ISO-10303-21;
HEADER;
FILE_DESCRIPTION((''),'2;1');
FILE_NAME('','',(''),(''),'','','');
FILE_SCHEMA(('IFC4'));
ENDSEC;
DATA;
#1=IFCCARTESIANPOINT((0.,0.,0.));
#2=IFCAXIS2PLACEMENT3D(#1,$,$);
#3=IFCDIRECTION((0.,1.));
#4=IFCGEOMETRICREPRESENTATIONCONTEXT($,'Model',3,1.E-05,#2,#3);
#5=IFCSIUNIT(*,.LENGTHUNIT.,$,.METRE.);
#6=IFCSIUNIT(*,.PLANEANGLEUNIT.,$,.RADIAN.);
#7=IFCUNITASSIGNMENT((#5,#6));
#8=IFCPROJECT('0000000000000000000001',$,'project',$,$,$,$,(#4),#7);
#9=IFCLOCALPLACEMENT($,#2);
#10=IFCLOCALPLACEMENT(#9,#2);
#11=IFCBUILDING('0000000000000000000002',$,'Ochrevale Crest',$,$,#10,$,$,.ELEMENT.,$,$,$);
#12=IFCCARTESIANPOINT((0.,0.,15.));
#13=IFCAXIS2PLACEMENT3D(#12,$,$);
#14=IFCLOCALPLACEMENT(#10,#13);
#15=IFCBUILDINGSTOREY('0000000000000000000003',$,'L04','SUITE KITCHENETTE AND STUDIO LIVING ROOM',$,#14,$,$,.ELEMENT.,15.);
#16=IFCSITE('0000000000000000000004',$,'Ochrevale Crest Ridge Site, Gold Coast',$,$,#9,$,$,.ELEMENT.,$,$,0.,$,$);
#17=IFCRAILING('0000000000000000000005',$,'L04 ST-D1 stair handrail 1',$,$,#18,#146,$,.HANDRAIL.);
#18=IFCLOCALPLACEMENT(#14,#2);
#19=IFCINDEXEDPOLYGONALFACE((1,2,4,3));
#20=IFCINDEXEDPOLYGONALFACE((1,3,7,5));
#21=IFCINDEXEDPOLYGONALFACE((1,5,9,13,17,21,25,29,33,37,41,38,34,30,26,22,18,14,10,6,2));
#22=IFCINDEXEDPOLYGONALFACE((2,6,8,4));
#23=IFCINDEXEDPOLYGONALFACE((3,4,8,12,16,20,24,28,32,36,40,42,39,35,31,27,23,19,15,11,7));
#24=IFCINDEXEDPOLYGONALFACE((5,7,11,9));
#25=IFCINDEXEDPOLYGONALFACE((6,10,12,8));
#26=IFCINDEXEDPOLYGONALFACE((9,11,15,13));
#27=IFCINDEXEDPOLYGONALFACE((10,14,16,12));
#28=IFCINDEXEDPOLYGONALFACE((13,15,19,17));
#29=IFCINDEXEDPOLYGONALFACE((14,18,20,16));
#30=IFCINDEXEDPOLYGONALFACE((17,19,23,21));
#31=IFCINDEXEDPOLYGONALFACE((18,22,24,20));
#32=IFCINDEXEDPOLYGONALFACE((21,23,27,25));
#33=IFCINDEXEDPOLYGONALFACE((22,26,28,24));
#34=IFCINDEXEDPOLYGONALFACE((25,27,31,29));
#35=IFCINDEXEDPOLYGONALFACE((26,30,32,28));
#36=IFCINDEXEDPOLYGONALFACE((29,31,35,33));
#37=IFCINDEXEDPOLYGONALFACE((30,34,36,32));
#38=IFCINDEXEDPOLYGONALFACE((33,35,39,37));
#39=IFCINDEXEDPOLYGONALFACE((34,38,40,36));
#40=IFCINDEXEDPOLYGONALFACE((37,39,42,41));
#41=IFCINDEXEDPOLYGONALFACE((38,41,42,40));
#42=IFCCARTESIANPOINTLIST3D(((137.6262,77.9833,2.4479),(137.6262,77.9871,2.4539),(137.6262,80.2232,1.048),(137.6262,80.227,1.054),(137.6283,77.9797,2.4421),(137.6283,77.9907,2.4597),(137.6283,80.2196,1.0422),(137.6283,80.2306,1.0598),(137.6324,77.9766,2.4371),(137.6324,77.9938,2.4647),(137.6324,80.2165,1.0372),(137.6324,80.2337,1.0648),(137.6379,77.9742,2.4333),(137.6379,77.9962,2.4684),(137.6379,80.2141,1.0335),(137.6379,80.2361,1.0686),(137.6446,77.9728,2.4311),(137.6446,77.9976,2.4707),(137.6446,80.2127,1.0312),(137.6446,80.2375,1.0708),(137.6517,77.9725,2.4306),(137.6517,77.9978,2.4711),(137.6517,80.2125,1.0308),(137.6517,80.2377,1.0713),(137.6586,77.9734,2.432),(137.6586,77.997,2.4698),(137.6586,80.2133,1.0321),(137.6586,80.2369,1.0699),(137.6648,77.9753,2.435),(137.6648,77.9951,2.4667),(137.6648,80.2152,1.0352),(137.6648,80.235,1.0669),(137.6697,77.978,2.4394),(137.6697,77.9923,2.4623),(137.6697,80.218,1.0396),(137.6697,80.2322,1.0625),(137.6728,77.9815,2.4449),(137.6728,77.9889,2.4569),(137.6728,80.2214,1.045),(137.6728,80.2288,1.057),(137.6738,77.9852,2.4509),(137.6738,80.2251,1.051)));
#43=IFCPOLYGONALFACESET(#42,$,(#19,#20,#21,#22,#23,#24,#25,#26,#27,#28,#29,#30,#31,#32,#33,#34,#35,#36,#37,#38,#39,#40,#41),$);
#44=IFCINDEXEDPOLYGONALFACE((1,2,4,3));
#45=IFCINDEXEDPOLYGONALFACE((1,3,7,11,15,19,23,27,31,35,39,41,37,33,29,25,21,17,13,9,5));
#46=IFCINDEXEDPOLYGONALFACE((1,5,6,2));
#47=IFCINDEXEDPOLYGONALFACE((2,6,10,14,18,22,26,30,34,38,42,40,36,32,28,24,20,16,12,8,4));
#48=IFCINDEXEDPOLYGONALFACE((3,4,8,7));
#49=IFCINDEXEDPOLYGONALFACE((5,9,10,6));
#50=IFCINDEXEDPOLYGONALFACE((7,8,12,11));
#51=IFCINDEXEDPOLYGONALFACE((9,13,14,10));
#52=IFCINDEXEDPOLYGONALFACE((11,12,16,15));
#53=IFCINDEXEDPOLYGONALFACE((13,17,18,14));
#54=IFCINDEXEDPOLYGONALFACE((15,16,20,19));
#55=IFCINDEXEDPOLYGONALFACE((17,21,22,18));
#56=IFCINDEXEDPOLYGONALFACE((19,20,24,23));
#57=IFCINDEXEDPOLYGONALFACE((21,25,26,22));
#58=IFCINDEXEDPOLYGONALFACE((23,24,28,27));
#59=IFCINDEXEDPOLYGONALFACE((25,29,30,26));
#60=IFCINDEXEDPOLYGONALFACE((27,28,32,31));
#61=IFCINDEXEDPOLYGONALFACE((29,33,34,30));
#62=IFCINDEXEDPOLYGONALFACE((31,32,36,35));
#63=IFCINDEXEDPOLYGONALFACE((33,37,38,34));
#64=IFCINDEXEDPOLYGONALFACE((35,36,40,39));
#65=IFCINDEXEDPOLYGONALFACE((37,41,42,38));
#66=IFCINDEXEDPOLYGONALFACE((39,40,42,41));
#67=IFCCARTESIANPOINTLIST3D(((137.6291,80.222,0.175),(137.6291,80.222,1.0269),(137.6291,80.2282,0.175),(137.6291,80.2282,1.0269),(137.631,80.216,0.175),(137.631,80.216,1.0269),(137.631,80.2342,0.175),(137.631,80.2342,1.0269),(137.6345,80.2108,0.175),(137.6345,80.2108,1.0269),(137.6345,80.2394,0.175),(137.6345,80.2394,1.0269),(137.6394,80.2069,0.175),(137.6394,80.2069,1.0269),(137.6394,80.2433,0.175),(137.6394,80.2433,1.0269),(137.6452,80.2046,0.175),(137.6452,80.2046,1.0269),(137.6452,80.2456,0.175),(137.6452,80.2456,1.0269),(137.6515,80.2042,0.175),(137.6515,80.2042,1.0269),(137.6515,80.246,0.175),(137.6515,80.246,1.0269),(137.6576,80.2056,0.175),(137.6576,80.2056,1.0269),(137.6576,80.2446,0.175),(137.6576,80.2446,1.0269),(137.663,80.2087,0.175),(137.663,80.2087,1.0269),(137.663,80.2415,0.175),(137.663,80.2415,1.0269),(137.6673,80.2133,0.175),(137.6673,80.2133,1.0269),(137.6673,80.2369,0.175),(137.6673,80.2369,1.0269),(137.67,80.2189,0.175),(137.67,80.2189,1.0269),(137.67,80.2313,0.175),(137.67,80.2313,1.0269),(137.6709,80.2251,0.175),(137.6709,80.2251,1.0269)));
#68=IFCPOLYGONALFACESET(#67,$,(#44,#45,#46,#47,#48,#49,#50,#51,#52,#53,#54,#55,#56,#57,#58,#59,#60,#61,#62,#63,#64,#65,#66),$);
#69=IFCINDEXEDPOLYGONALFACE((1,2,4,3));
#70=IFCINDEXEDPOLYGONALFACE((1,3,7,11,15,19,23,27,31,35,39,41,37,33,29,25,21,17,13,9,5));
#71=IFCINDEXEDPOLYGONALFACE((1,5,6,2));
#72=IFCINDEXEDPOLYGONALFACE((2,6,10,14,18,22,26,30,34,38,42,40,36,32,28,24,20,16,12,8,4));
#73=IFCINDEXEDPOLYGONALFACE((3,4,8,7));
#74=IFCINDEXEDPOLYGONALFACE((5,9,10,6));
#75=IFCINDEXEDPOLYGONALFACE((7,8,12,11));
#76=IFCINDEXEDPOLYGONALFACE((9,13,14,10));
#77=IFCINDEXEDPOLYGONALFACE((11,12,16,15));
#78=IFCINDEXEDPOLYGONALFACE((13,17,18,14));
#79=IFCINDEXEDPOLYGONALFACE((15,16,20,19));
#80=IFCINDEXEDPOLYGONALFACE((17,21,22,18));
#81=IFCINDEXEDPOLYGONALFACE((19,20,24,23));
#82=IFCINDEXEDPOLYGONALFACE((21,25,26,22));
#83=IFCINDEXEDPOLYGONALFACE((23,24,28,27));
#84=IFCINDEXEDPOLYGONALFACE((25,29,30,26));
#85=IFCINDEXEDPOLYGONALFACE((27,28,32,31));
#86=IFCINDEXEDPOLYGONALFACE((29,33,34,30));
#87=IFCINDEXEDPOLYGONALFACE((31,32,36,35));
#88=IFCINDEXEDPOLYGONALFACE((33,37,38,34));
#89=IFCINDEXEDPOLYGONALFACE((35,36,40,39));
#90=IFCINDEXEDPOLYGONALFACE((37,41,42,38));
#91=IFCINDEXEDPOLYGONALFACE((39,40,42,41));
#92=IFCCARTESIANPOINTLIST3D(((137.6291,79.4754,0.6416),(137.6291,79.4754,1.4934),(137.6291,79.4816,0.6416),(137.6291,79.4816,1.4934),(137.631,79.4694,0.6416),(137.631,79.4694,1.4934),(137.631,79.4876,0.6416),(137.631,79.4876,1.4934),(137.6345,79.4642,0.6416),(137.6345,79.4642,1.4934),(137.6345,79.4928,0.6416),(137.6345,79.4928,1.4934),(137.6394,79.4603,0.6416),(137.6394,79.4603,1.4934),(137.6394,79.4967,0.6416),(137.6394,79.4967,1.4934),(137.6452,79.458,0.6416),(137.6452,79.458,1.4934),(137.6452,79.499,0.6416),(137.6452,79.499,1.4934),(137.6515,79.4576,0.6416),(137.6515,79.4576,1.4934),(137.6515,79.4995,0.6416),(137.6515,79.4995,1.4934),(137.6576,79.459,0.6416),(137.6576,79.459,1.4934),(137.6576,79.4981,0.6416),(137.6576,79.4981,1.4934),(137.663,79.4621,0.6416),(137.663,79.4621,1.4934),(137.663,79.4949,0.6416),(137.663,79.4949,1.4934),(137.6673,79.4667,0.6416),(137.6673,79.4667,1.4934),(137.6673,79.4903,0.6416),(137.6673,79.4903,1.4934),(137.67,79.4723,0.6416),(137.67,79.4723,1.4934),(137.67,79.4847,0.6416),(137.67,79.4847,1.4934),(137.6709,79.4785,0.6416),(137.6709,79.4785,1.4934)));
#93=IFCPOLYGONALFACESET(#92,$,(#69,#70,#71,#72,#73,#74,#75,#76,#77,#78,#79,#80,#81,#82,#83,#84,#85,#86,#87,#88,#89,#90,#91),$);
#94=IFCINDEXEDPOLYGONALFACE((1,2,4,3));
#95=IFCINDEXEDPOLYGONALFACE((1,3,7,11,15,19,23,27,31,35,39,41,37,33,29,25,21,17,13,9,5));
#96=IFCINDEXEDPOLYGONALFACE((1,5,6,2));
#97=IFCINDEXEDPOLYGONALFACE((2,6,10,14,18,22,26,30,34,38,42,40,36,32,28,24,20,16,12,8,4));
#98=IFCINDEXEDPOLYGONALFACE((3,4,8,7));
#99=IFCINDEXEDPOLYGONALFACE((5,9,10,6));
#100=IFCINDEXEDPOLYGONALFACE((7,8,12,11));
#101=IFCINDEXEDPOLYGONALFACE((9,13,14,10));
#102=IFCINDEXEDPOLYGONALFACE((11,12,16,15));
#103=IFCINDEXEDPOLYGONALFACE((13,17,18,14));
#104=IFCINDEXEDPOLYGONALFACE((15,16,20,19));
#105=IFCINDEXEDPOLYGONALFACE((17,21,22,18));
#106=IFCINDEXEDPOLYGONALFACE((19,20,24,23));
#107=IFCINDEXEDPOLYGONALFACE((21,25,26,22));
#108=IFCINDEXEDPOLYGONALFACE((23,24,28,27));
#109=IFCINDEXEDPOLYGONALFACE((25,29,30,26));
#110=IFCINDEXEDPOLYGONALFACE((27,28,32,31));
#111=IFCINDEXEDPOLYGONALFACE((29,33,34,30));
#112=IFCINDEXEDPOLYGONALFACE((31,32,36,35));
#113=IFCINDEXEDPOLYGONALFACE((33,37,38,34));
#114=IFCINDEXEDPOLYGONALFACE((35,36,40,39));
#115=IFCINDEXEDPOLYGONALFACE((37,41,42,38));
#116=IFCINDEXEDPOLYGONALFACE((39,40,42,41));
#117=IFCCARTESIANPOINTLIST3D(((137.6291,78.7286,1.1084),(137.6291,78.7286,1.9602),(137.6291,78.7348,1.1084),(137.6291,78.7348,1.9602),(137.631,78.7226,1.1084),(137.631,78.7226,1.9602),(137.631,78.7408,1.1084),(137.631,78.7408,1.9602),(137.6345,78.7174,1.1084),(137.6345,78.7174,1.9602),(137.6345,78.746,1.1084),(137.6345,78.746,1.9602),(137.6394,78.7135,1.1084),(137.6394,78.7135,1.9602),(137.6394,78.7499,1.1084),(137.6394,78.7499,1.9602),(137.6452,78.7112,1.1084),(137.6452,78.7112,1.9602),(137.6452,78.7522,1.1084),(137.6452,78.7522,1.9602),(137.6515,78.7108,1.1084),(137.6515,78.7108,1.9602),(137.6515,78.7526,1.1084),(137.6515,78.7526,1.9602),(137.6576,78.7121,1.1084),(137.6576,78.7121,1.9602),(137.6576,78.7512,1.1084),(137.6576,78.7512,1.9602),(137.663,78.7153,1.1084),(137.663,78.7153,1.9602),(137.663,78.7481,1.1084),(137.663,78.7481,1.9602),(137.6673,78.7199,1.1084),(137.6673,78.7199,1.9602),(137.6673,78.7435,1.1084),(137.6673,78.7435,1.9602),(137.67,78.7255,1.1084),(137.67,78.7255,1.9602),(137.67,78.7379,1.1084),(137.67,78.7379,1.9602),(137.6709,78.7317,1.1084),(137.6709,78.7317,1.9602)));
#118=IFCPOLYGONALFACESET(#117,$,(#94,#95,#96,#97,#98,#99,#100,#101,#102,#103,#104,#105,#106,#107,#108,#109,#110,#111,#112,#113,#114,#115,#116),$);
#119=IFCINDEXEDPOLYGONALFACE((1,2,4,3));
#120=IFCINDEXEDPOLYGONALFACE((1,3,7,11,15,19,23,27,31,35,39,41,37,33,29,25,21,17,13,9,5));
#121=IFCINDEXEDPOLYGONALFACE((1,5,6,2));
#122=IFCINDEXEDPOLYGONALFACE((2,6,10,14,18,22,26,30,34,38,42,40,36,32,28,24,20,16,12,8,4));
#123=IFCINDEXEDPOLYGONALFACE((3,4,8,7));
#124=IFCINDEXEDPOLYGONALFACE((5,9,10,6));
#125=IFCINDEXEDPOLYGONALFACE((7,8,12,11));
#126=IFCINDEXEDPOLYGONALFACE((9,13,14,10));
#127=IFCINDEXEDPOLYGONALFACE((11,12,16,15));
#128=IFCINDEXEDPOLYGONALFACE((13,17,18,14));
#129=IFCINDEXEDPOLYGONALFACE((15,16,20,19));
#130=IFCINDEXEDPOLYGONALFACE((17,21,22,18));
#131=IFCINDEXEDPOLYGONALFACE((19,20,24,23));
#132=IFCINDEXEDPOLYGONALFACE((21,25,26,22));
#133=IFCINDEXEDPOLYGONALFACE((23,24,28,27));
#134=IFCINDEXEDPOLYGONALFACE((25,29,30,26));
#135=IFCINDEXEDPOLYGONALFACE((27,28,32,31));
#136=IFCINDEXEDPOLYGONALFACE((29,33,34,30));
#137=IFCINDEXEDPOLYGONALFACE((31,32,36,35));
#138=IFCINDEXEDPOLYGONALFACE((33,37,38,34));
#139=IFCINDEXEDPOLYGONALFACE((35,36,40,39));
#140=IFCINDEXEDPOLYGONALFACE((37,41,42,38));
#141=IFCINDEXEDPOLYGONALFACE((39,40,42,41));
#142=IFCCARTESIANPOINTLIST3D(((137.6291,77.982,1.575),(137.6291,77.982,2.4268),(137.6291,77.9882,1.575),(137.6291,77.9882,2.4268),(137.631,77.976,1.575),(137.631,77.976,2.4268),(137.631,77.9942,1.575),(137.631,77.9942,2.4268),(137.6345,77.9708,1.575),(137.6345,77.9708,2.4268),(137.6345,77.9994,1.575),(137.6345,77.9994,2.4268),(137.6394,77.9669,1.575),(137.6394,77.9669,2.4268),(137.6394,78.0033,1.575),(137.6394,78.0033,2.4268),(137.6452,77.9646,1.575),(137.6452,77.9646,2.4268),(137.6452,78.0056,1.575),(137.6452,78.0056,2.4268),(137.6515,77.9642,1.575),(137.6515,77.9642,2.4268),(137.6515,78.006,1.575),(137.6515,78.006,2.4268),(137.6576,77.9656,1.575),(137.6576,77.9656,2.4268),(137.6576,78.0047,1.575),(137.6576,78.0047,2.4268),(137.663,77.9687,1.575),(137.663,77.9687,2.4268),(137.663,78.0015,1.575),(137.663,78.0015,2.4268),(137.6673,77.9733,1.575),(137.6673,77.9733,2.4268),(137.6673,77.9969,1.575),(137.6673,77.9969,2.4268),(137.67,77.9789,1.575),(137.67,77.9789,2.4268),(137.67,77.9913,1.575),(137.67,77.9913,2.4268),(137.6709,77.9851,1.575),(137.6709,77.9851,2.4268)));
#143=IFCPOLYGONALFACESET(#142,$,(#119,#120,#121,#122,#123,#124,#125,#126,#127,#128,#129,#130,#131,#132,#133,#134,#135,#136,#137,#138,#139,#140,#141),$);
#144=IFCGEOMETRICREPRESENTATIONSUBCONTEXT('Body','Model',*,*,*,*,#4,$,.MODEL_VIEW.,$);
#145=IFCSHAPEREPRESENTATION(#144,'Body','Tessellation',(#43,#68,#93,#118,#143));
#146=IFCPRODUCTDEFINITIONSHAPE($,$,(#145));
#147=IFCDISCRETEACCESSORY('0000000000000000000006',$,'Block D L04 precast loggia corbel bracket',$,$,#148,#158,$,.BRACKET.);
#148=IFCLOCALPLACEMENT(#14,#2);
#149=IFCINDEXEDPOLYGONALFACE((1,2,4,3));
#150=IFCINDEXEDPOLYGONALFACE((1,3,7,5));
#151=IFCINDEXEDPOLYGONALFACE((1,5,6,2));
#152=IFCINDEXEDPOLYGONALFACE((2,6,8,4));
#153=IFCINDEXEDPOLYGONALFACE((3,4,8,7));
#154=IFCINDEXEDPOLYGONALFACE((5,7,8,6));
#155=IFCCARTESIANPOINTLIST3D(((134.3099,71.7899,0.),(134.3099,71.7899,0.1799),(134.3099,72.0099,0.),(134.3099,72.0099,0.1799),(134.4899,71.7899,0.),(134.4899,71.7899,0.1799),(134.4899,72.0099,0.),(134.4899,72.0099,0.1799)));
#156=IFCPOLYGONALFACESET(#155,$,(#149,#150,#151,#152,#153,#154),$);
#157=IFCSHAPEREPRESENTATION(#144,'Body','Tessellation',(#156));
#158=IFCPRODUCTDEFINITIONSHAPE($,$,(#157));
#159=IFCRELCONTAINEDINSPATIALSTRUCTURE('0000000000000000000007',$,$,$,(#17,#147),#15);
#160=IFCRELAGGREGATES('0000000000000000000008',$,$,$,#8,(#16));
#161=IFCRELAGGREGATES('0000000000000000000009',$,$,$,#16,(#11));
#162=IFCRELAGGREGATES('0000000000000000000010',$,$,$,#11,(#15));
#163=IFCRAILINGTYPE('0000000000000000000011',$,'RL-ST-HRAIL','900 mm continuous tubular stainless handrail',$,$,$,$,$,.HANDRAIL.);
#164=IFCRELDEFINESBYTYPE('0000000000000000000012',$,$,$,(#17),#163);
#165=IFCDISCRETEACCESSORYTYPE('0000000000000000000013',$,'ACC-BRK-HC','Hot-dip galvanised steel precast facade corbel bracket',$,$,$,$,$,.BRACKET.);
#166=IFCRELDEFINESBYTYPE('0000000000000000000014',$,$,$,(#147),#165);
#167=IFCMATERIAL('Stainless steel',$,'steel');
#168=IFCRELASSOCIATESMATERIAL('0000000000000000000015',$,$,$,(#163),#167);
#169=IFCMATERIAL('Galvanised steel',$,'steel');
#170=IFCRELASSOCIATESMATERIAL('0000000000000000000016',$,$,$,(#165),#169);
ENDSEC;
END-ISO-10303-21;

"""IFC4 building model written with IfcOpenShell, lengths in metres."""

from ifc_helpers import new_model, si_unit, direction, frame, origin, origin_2d, place, context, subcontext, project, spatial, rectangle, circle, extrude, material, type_object, element, save


model = new_model("IFC4")

# Units and contexts
model_context = context("Model", 3, precision=1e-05, world=origin(), true_north=direction((0.0, 1.0)))
body_context = subcontext(model_context, "Body", "Model", "MODEL_VIEW")
ifc_project = project(units=[si_unit("LENGTHUNIT", "METRE"), si_unit("PLANEANGLEUNIT", "RADIAN")], contexts=[model_context])

# Site, building, storey
site_placement = place(None, origin())
site = spatial("IfcSite", under=ifc_project, at=site_placement, Name="Ochrevale Crest Ridge Site, Gold Coast", CompositionType="ELEMENT", RefElevation=0.0)
building_placement = place(site_placement, origin())
building = spatial("IfcBuilding", under=site, at=building_placement, Name="Ochrevale Crest", CompositionType="ELEMENT")
storey_placement = place(building_placement, frame((0.0, 0.0, 15.0)))
storey = spatial("IfcBuildingStorey", under=building, at=storey_placement, Name="L04", Description="SUITE KITCHENETTE AND STUDIO LIVING ROOM", CompositionType="ELEMENT", Elevation=15.0)

# Railing
ifc_material_1 = material(Name="Galvanised steel", Category="steel")
ifc_material_2 = material(Name="Stainless steel", Category="steel")
railing_type_1 = type_object("IfcRailingType", Name="RL-ST-HRAIL", Description="900 mm continuous tubular stainless handrail", PredefinedType="HANDRAIL", material=ifc_material_2)
railing_1_placement = place(storey_placement, frame((137.6499, 80.2251, 0.175)))
element("IfcRailing", 1, at=railing_1_placement, inside=storey, type_object=railing_type_1, Name="L04 ST-D1 stair handrail 1", PredefinedType="HANDRAIL", context=body_context, shape_type="SweptSolid", body=[
    extrude(circle(Radius=0.0239, at=origin_2d()), frame((0.0, 0.0, 0.876), z_axis=(0.0, -0.848014, 0.529974), x_axis=(1.0, 0.0, 0.0)), (0.0, 0.0, 1.0), 2.6414),
    extrude(circle(Radius=0.021, at=origin_2d()), origin(), (0.0, 0.0, 1.0), 0.8518),
    extrude(circle(Radius=0.021, at=origin_2d()), frame((0.0, -0.7466, 0.4666)), (0.0, 0.0, 1.0), 0.8518),
    extrude(circle(Radius=0.021, at=origin_2d()), frame((0.0, -1.4934, 0.9333)), (0.0, 0.0, 1.0), 0.8518),
    extrude(circle(Radius=0.021, at=origin_2d()), frame((0.0, -2.24, 1.3999)), (0.0, 0.0, 1.0), 0.8518),
])

# Discrete accessory
discrete_accessory_type = type_object("IfcDiscreteAccessoryType", Name="ACC-BRK-HC", Description="Hot-dip galvanised steel precast facade corbel bracket", PredefinedType="BRACKET", material=ifc_material_1)
discrete_accessory_placement = place(storey_placement, frame((134.3999, 71.8999, 0.0), z_axis=(0.0, 0.0, 1.0), x_axis=(1.0, 0.0, 0.0)))
element("IfcDiscreteAccessory", 2, at=discrete_accessory_placement, inside=storey, type_object=discrete_accessory_type, Name="Block D L04 precast loggia corbel bracket", PredefinedType="BRACKET", context=body_context, shape_type="SweptSolid", body=[
    extrude(rectangle(XDim=0.1799, YDim=0.22, at=origin_2d()), origin(), (0.0, 0.0, 1.0), 0.1799),
])

save(model, "model.ifc")
